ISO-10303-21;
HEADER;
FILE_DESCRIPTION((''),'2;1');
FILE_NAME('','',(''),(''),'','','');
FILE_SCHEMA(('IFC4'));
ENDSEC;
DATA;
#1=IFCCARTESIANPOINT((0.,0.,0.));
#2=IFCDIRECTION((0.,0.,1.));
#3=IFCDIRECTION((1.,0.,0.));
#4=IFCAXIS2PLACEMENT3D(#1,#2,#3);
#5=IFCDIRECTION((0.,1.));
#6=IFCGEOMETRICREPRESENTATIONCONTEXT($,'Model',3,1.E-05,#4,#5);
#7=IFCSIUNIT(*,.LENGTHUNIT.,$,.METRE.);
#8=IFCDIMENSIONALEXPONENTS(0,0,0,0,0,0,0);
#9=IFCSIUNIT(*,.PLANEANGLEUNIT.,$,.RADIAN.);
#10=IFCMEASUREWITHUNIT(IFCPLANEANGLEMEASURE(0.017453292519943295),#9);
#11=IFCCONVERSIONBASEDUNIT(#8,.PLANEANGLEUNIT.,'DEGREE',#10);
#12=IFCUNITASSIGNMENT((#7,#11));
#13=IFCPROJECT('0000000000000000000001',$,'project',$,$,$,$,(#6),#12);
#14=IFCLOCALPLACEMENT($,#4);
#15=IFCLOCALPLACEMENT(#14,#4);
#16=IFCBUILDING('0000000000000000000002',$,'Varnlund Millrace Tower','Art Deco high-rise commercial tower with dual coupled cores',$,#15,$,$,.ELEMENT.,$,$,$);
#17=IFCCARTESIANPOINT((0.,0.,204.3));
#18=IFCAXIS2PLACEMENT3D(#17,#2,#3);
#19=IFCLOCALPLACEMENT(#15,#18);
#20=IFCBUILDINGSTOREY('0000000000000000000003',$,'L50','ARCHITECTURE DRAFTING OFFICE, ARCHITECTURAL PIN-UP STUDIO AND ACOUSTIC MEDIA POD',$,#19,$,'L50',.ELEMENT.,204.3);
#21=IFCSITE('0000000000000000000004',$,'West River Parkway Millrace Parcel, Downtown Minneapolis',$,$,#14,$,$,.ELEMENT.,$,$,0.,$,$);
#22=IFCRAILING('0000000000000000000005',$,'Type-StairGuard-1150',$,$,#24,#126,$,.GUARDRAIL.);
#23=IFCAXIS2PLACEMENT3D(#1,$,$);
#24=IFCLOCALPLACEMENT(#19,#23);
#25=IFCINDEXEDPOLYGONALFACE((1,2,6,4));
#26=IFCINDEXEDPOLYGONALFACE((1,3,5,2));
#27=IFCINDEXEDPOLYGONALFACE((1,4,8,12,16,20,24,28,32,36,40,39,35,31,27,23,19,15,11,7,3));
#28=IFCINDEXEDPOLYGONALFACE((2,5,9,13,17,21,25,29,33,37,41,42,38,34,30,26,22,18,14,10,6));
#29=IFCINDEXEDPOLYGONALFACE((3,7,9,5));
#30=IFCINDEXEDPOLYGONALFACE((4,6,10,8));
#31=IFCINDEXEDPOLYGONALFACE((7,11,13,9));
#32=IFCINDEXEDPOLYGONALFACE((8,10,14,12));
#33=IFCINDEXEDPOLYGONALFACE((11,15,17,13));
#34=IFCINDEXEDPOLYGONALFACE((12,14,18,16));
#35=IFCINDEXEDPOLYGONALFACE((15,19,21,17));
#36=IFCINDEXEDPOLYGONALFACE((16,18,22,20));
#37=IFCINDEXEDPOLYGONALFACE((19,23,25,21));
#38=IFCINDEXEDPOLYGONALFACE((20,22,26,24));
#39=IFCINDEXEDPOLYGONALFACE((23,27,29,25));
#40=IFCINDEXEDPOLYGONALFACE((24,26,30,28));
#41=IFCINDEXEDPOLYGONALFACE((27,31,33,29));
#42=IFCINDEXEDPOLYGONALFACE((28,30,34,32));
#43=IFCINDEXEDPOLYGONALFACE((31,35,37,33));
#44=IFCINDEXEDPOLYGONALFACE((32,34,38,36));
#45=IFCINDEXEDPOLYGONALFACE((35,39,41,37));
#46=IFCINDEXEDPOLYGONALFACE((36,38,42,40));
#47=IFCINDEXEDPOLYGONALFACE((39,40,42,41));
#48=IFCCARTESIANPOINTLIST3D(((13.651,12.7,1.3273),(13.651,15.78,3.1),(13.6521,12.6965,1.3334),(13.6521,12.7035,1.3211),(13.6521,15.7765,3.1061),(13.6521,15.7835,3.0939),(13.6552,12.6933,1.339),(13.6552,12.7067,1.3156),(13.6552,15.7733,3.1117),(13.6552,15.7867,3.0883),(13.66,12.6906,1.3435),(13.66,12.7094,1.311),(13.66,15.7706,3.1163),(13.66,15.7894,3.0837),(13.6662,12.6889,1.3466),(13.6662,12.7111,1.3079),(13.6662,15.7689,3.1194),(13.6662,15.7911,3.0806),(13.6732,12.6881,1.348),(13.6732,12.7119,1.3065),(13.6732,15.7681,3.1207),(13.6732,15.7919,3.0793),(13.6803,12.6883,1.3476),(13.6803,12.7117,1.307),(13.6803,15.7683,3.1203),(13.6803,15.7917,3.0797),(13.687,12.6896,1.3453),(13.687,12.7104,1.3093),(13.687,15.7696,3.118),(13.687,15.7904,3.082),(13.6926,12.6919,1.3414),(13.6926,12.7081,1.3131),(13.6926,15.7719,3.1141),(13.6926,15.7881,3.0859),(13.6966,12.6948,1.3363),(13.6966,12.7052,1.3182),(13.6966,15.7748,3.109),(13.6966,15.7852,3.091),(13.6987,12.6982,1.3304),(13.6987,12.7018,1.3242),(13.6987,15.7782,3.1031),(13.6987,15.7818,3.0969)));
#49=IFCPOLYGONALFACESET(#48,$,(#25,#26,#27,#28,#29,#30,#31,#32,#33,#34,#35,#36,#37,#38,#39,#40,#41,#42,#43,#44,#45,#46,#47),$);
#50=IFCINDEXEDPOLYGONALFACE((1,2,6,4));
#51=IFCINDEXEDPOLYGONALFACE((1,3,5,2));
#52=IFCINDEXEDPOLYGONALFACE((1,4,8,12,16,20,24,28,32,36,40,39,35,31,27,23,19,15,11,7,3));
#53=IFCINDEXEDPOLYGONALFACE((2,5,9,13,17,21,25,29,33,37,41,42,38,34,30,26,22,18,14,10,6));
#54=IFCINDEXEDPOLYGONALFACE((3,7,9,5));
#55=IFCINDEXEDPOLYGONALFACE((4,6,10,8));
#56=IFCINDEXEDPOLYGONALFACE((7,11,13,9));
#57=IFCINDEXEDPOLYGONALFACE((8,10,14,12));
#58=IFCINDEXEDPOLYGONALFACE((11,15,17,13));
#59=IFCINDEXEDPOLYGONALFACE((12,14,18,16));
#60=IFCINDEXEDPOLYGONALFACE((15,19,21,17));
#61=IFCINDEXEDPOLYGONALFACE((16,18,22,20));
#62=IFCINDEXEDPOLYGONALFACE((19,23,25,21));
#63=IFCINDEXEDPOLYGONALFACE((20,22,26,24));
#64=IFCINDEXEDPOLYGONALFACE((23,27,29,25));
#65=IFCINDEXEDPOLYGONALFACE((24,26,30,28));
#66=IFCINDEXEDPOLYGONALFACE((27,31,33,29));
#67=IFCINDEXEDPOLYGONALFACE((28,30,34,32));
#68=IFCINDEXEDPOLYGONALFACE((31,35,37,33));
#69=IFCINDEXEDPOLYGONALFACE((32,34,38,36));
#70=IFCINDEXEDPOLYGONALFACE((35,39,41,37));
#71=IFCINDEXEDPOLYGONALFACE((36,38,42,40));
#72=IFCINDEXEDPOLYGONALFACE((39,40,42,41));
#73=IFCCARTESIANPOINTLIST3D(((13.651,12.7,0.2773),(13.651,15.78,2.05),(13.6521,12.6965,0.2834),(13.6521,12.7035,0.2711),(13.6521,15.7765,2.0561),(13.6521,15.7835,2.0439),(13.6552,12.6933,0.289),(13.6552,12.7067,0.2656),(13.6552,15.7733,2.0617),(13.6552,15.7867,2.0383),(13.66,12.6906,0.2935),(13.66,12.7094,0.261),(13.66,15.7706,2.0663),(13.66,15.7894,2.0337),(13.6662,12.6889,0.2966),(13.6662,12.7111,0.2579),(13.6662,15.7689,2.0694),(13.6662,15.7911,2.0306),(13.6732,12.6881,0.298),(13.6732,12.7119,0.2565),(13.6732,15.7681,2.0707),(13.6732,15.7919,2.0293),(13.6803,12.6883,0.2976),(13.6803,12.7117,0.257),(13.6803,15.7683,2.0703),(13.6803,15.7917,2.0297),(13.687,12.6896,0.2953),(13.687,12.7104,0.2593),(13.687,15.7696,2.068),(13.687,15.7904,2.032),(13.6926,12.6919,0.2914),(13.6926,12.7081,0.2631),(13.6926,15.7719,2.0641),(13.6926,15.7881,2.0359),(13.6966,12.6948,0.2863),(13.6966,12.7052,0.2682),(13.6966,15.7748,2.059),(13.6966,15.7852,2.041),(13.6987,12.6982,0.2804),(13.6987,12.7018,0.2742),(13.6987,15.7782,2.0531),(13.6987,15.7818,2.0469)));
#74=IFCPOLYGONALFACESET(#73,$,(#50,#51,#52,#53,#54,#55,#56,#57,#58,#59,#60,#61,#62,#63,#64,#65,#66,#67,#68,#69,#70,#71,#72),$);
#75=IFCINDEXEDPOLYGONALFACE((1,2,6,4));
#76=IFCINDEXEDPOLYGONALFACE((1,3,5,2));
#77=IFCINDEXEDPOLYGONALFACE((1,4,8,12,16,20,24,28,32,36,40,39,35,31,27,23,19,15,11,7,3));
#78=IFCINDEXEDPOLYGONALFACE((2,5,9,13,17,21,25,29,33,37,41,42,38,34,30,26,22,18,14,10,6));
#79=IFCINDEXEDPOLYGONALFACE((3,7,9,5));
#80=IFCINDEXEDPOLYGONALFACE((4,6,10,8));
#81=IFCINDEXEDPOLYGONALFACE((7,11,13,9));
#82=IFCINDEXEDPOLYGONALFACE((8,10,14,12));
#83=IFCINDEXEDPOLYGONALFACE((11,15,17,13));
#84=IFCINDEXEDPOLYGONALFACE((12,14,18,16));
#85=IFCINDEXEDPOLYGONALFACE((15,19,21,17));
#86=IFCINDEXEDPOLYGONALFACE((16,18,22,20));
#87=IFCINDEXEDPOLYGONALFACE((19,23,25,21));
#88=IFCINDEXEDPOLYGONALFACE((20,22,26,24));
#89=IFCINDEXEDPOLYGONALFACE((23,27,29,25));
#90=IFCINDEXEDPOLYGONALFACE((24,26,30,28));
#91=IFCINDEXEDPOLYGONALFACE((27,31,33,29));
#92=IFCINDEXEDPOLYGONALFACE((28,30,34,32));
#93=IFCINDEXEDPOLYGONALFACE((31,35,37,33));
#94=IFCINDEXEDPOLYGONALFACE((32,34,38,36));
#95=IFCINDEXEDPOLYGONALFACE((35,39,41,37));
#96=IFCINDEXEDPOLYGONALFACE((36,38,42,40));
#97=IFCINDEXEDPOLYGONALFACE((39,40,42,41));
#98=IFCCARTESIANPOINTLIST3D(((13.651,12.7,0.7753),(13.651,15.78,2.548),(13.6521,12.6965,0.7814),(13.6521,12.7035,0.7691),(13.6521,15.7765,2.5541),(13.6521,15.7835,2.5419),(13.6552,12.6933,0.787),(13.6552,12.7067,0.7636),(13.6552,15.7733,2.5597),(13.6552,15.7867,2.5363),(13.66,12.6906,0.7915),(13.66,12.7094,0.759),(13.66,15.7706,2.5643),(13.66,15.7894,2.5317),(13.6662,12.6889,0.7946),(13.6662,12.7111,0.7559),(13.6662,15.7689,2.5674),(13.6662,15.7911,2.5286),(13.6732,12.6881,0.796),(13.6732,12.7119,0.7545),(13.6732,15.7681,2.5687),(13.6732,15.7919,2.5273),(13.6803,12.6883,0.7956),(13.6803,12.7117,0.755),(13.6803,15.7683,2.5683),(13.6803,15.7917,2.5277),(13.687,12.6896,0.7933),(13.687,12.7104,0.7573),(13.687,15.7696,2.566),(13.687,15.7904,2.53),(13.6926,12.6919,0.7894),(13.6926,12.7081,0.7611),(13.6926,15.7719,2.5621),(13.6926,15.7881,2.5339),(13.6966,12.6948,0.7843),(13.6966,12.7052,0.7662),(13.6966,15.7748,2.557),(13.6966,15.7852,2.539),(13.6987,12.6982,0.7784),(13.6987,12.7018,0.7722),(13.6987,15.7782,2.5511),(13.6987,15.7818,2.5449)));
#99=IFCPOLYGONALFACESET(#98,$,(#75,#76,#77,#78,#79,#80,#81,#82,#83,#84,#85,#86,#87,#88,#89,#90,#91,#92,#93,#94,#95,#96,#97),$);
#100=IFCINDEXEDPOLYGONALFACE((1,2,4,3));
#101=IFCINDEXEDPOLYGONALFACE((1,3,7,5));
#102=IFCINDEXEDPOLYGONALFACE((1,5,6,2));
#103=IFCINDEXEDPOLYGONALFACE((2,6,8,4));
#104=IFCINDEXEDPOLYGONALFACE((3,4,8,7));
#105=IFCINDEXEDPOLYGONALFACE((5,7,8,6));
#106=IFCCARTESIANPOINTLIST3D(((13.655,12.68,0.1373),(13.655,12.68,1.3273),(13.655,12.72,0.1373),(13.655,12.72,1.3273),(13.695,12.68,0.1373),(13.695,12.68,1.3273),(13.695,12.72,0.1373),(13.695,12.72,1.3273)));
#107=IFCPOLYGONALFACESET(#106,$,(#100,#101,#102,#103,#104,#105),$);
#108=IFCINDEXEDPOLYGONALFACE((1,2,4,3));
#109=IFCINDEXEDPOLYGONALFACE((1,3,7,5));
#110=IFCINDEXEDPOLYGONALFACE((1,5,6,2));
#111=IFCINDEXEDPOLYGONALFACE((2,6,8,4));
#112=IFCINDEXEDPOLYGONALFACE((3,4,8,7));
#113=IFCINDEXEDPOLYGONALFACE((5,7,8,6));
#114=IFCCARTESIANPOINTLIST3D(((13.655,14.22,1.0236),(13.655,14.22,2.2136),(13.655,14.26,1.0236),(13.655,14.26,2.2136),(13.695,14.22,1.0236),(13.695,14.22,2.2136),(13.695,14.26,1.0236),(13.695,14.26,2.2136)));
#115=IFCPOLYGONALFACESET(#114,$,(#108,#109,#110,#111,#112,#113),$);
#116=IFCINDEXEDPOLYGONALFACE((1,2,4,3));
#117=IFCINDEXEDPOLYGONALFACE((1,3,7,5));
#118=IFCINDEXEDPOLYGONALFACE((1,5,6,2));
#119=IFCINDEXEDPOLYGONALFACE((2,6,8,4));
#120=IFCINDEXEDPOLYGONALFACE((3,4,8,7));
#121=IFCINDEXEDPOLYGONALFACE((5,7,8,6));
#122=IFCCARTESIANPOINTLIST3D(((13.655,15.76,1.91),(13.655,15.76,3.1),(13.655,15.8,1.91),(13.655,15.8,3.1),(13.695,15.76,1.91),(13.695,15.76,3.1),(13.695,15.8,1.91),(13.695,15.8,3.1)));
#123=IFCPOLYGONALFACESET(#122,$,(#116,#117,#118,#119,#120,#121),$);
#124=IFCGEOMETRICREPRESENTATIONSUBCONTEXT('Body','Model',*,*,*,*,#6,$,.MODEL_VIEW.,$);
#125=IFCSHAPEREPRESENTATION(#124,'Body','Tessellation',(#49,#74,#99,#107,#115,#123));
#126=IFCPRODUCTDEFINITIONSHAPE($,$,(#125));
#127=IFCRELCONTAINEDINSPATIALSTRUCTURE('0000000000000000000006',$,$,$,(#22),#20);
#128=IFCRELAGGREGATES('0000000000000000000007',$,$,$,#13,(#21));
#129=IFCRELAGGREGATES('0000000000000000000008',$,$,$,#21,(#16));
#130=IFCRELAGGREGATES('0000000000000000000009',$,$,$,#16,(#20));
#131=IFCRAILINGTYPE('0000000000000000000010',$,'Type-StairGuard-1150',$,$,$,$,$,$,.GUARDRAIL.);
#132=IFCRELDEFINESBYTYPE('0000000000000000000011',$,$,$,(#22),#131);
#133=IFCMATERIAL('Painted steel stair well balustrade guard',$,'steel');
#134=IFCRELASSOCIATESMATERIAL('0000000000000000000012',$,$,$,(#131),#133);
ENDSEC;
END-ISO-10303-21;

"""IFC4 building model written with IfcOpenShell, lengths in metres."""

from ifc_helpers import new_model, entity, si_unit, converted_unit, direction, frame, origin_with_axes, origin_2d_with_axis, place, context, subcontext, project, spatial, rectangle, circle, extrude, material, type_object, element, save


model = new_model("IFC4")

# Units and contexts
model_context = context("Model", 3, precision=1e-05, world=origin_with_axes(), true_north=direction((0.0, 1.0)))
body_context = subcontext(model_context, "Body", "Model", "MODEL_VIEW")
ifc_project = project(units=[si_unit("LENGTHUNIT", "METRE"), converted_unit("PLANEANGLEUNIT", "DEGREE", entity("IfcPlaneAngleMeasure", 0.017453292519943295), si_unit("PLANEANGLEUNIT", "RADIAN"), dimensions=[0, 0, 0, 0, 0, 0, 0])], contexts=[model_context])

# Site, building, storey
site_placement = place(None, origin_with_axes())
site = spatial("IfcSite", under=ifc_project, at=site_placement, Name="West River Parkway Millrace Parcel, Downtown Minneapolis", CompositionType="ELEMENT", RefElevation=0.0)
building_placement = place(site_placement, origin_with_axes())
building = spatial("IfcBuilding", under=site, at=building_placement, Name="Varnlund Millrace Tower", Description="Art Deco high-rise commercial tower with dual coupled cores", CompositionType="ELEMENT")
storey_placement = place(building_placement, frame((0.0, 0.0, 204.3), z_axis=(0.0, 0.0, 1.0), x_axis=(1.0, 0.0, 0.0)))
storey = spatial("IfcBuildingStorey", under=building, at=storey_placement, Name="L50", Description="ARCHITECTURE DRAFTING OFFICE, ARCHITECTURAL PIN-UP STUDIO AND ACOUSTIC MEDIA POD", LongName="L50", CompositionType="ELEMENT", Elevation=204.3)

# Railing
ifc_material_1 = material(Name="Painted steel stair well balustrade guard", Category="steel")
railing_type_1 = type_object("IfcRailingType", Name="Type-StairGuard-1150", PredefinedType="GUARDRAIL", material=ifc_material_1)
railing_1_placement = place(storey_placement, frame((0.0, 0.0, -204.3), z_axis=(0.0, 0.0, 1.0), x_axis=(1.0, 0.0, 0.0)))
element("IfcRailing", 1, at=railing_1_placement, inside=storey, type_object=railing_type_1, Name="Type-StairGuard-1150", PredefinedType="GUARDRAIL", context=body_context, shape_type="SweptSolid", body=[
    extrude(circle(Radius=0.024, at=origin_2d_with_axis()), frame((13.675, 12.7, 205.6273), z_axis=(0.0, 0.866696, 0.498836), x_axis=(-1.0, 0.0, 0.0)), (0.0, 0.0, 1.0), 3.5537),
    extrude(circle(Radius=0.024, at=origin_2d_with_axis()), frame((13.675, 12.7, 204.5773), z_axis=(0.0, 0.866696, 0.498836), x_axis=(-1.0, 0.0, 0.0)), (0.0, 0.0, 1.0), 3.5537),
    extrude(circle(Radius=0.024, at=origin_2d_with_axis()), frame((13.675, 12.7, 205.0753), z_axis=(0.0, 0.866696, 0.498836), x_axis=(-1.0, 0.0, 0.0)), (0.0, 0.0, 1.0), 3.5537),
    extrude(rectangle(XDim=0.04, YDim=0.04, at=origin_2d_with_axis()), frame((13.675, 12.7, 204.4373), z_axis=(0.0, 0.0, 1.0), x_axis=(1.0, 0.0, 0.0)), (0.0, 0.0, 1.0), 1.19),
    extrude(rectangle(XDim=0.04, YDim=0.04, at=origin_2d_with_axis()), frame((13.675, 14.24, 205.3236), z_axis=(0.0, 0.0, 1.0), x_axis=(1.0, 0.0, 0.0)), (0.0, 0.0, 1.0), 1.19),
    extrude(rectangle(XDim=0.04, YDim=0.04, at=origin_2d_with_axis()), frame((13.675, 15.78, 206.21), z_axis=(0.0, 0.0, 1.0), x_axis=(1.0, 0.0, 0.0)), (0.0, 0.0, 1.0), 1.19),
])

save(model, "model.ifc")
